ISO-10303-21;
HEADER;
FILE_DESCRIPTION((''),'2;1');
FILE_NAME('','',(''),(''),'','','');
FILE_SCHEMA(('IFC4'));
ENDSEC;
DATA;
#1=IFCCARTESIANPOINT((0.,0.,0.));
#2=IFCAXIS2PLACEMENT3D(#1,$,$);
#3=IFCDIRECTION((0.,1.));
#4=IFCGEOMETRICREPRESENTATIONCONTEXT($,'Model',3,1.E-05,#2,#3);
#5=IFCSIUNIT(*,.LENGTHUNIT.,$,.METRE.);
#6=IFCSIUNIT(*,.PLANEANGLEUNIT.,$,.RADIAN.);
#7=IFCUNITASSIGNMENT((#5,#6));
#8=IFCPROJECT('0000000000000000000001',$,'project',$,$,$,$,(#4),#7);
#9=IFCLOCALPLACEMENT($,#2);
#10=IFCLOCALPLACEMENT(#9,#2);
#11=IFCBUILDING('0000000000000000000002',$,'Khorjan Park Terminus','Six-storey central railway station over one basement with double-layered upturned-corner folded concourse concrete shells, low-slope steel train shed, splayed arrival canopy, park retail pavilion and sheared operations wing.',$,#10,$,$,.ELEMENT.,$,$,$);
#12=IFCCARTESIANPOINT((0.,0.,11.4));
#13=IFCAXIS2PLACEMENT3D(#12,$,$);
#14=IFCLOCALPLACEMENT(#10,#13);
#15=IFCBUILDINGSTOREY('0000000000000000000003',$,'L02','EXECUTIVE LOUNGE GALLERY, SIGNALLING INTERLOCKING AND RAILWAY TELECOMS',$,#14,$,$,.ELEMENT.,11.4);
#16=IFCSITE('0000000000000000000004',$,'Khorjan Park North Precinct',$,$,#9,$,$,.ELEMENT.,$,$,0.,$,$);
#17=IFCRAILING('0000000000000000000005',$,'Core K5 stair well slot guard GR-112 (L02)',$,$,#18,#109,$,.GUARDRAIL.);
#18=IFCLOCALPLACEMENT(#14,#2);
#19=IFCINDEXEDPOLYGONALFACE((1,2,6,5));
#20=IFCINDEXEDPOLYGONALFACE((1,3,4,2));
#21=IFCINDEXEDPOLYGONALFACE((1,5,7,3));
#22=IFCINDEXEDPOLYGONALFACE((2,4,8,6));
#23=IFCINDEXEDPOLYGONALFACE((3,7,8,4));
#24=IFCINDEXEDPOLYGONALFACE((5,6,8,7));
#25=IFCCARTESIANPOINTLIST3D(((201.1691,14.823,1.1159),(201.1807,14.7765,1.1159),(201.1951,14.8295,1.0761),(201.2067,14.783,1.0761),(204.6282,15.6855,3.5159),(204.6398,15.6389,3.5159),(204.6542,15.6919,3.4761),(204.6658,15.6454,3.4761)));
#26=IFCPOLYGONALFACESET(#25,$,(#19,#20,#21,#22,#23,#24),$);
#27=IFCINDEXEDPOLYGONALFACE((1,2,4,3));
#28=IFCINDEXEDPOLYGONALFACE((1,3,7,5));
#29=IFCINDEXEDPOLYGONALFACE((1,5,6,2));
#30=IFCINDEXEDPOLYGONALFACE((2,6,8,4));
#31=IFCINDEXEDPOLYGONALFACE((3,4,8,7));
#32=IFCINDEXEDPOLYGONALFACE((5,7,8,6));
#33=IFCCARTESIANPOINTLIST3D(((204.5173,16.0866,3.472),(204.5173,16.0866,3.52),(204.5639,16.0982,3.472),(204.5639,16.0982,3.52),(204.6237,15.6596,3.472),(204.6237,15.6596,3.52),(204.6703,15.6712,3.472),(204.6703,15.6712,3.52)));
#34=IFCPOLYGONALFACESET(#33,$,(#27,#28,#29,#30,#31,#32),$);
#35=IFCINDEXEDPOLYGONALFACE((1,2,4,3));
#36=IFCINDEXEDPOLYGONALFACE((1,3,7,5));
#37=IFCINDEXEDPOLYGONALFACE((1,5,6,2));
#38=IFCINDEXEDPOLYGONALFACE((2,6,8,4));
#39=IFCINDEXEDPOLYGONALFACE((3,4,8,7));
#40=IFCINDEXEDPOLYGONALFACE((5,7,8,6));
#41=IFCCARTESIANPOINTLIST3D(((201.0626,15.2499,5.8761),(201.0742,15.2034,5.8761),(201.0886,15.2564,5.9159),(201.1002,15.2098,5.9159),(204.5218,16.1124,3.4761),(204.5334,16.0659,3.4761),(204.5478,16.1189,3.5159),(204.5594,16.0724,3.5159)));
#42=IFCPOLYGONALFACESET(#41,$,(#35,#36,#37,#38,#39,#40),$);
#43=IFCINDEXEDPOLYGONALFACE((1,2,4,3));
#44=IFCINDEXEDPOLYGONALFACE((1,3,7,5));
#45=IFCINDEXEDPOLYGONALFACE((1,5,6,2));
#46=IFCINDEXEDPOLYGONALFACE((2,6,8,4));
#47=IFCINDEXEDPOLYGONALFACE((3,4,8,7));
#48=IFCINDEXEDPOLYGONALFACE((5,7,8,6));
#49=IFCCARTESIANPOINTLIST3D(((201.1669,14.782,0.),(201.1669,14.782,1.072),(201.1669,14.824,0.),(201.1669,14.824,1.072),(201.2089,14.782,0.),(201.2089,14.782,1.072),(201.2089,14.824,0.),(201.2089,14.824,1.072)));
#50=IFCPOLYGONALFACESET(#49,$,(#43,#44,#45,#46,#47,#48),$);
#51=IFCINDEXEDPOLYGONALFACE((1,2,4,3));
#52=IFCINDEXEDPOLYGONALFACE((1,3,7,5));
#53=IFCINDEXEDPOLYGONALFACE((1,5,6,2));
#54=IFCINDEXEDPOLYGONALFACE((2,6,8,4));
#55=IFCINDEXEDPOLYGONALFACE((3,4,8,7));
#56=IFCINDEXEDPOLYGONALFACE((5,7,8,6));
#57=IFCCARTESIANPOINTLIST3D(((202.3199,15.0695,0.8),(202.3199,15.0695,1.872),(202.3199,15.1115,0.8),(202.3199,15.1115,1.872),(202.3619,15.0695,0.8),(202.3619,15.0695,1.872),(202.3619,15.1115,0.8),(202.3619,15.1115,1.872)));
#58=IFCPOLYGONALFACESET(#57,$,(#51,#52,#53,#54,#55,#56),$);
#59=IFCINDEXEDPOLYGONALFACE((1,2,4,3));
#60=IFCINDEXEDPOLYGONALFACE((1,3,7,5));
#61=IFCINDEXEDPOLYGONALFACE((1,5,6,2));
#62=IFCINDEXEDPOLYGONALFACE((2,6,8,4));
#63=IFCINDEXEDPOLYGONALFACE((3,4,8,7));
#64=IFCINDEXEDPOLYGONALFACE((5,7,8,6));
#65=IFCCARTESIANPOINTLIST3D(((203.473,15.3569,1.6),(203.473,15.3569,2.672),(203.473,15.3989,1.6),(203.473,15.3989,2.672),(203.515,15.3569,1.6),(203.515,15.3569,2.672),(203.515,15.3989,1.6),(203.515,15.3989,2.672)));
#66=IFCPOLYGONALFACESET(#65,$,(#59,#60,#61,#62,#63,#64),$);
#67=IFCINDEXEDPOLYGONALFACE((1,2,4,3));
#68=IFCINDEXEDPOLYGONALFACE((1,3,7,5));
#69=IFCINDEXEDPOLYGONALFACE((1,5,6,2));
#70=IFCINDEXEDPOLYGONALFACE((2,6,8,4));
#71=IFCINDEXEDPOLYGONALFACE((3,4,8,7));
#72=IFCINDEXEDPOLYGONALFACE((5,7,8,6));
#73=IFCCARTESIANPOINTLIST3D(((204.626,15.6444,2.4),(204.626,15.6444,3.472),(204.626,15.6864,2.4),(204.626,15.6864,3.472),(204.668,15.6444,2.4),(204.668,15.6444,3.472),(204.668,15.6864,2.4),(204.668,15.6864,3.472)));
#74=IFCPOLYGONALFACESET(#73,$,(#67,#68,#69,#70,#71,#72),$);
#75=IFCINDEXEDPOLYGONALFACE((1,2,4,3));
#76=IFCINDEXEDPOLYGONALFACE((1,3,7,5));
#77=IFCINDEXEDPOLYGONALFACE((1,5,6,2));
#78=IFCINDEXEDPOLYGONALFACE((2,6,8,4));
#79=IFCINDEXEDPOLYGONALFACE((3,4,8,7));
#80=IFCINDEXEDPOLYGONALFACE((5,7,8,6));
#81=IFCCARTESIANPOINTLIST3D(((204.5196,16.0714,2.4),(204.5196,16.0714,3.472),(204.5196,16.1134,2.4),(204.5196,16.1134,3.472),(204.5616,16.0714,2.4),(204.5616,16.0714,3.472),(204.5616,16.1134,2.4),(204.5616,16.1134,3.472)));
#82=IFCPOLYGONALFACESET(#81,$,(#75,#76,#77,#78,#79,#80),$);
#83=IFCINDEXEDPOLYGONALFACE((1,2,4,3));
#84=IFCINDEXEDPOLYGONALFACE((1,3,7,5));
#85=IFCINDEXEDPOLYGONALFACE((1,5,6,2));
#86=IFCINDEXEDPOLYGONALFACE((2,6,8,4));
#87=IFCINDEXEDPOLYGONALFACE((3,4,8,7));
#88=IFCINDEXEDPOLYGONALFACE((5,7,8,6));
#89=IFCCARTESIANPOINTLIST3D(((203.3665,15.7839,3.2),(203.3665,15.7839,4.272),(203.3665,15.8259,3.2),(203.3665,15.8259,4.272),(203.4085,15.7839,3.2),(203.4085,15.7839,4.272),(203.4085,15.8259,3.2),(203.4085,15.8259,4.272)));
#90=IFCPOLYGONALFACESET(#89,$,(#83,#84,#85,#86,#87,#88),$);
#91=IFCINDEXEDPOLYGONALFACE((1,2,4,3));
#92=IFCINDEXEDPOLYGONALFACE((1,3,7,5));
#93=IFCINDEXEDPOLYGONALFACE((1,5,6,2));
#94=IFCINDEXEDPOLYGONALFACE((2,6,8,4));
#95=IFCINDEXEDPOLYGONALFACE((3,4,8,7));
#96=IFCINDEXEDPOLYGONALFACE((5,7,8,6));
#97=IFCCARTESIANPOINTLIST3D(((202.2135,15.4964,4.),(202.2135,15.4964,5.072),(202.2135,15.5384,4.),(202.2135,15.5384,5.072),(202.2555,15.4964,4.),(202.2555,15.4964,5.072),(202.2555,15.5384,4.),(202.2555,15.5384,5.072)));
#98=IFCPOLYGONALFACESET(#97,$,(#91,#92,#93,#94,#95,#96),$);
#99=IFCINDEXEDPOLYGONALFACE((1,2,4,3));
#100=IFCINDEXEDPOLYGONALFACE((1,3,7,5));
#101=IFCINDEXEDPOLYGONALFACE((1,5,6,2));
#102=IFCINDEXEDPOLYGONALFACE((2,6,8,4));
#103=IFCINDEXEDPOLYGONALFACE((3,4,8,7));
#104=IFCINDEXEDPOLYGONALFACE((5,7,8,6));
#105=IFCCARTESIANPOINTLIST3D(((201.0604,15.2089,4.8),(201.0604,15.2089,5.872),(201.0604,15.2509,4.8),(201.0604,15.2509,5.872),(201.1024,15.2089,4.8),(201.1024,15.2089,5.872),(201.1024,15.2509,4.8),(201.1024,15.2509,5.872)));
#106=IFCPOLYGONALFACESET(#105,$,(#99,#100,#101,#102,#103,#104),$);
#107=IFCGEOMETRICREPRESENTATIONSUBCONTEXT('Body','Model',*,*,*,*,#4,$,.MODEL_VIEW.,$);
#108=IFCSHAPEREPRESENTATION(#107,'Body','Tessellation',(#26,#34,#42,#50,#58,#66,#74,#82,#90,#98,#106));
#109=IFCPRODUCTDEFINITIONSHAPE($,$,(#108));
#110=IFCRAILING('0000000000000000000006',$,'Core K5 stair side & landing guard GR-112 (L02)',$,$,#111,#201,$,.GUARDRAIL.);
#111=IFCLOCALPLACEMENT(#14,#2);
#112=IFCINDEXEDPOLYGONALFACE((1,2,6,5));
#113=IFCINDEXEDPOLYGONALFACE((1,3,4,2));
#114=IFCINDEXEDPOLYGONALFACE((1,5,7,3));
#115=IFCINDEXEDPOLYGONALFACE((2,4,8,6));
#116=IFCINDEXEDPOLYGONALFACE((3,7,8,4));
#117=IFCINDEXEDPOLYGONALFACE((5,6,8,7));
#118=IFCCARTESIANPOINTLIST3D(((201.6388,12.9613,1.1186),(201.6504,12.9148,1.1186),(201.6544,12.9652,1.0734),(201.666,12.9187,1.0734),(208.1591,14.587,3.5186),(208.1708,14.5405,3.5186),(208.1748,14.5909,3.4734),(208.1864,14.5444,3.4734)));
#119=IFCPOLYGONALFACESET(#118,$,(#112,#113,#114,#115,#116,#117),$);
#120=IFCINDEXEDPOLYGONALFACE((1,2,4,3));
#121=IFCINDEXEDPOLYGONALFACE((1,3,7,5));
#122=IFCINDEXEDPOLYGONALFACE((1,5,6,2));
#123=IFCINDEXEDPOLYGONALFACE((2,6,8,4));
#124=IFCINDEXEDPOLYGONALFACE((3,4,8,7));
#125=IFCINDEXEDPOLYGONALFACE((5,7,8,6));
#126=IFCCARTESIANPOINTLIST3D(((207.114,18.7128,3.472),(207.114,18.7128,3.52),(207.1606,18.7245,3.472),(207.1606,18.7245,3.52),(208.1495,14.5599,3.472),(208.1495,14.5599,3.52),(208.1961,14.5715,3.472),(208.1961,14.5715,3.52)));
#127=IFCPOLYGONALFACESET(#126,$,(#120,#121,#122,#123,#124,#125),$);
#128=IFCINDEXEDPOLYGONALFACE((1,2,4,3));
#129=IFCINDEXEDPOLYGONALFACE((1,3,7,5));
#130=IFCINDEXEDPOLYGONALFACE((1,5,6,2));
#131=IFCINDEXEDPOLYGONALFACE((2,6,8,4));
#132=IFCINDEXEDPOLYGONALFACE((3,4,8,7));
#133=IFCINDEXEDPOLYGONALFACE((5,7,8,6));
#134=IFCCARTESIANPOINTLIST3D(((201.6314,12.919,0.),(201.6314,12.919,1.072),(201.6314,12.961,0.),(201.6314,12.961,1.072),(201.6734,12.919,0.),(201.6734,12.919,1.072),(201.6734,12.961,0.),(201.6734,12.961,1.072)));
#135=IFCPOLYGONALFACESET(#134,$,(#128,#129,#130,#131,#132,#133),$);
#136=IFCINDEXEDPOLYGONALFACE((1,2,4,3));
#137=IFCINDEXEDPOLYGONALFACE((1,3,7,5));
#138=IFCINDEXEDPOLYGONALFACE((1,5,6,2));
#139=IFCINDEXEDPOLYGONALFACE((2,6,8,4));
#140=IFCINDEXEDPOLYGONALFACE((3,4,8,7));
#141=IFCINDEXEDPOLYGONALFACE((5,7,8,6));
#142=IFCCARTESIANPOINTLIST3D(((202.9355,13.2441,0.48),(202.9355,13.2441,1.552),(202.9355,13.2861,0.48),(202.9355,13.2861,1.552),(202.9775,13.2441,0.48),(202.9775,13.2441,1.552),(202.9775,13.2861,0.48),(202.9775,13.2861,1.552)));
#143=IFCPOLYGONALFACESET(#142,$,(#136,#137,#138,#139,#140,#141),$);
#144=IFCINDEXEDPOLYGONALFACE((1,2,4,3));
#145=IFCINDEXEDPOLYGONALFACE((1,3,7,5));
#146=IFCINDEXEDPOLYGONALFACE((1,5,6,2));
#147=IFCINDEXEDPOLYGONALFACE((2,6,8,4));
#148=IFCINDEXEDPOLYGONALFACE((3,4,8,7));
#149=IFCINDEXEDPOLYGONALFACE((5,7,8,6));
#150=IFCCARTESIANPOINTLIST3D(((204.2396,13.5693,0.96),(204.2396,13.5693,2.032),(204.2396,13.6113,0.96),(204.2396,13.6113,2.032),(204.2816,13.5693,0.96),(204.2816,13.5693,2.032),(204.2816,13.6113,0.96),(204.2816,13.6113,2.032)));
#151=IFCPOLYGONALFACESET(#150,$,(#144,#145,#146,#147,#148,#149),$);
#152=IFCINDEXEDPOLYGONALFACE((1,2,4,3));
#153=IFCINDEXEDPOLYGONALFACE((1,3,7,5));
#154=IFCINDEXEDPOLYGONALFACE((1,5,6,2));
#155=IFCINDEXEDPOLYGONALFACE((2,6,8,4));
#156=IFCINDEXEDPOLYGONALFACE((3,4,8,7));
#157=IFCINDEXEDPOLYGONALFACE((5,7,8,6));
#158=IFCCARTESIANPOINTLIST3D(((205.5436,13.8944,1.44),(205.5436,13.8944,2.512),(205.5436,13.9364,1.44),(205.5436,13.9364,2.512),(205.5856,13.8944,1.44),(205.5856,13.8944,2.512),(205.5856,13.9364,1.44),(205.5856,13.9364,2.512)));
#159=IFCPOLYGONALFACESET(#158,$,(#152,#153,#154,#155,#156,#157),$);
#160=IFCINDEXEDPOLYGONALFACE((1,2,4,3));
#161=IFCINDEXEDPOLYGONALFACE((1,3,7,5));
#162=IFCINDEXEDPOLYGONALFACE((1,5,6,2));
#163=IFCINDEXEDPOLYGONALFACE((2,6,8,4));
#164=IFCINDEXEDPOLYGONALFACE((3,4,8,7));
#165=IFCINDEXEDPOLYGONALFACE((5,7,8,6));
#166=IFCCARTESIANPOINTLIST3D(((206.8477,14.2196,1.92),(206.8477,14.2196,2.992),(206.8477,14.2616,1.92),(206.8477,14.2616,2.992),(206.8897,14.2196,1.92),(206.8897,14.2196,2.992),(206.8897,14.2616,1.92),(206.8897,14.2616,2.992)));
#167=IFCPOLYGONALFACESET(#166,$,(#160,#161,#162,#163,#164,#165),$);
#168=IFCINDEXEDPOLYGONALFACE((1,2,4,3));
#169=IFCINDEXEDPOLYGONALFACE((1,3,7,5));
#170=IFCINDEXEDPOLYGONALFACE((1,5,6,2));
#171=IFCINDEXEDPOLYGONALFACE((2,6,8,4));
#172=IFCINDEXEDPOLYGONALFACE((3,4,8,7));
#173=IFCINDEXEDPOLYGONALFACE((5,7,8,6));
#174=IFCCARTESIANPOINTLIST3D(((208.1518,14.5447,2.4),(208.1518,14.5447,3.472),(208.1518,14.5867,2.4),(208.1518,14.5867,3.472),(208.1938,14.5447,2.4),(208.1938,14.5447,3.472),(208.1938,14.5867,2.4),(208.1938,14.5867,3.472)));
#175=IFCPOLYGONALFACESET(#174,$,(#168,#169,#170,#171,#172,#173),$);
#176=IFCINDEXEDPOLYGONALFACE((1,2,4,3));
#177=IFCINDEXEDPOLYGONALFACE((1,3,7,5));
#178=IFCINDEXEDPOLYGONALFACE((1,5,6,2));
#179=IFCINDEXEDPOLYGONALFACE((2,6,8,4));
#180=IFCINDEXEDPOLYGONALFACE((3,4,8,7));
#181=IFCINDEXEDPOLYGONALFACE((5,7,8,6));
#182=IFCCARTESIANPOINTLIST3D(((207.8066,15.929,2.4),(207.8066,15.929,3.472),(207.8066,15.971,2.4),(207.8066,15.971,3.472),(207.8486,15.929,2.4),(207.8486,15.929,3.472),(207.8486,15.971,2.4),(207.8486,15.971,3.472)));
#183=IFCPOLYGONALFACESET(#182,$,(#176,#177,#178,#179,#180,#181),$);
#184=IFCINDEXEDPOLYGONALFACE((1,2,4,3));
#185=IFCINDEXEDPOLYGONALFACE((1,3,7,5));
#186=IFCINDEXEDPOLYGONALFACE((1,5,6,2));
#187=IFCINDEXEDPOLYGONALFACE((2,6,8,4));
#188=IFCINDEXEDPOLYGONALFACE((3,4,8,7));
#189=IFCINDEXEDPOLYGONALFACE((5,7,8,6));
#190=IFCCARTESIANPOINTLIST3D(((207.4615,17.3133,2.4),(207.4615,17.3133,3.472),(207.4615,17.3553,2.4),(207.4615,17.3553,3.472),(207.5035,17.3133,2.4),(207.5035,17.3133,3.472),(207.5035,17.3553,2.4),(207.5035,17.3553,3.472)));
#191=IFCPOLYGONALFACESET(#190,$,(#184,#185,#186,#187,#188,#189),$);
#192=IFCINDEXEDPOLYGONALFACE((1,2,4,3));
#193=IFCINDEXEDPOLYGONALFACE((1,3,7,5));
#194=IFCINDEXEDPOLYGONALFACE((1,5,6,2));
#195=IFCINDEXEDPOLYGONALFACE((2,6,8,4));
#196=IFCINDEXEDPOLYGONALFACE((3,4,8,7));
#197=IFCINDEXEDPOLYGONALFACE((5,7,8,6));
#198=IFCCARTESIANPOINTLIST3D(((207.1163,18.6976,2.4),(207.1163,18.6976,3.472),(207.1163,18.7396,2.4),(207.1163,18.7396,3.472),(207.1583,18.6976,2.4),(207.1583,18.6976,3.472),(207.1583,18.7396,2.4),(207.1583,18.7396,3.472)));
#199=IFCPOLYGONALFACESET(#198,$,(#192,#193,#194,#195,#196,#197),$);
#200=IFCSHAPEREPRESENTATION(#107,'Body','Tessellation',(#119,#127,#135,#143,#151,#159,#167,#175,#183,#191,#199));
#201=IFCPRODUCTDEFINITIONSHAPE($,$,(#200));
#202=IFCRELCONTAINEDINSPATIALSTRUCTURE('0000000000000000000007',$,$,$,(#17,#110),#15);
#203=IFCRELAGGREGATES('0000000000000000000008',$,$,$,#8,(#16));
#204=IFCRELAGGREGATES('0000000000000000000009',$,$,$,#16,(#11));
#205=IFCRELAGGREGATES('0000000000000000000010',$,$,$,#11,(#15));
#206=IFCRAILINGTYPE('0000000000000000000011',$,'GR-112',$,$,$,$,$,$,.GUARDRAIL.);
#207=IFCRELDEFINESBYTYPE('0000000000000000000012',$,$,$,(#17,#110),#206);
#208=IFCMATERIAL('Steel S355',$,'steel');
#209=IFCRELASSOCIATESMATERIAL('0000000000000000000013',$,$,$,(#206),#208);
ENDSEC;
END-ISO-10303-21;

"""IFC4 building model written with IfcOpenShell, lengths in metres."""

from ifc_helpers import new_model, si_unit, direction, frame, origin, origin_2d, place, context, subcontext, project, spatial, rectangle, extrude, material, type_object, element, save


model = new_model("IFC4")

# Units and contexts
model_context = context("Model", 3, precision=1e-05, world=origin(), true_north=direction((0.0, 1.0)))
body_context = subcontext(model_context, "Body", "Model", "MODEL_VIEW")
ifc_project = project(units=[si_unit("LENGTHUNIT", "METRE"), si_unit("PLANEANGLEUNIT", "RADIAN")], contexts=[model_context])

# Site, building, storey
site_placement = place(None, origin())
site = spatial("IfcSite", under=ifc_project, at=site_placement, Name="Khorjan Park North Precinct", CompositionType="ELEMENT", RefElevation=0.0)
building_placement = place(site_placement, origin())
building = spatial("IfcBuilding", under=site, at=building_placement, Name="Khorjan Park Terminus", Description="Six-storey central railway station over one basement with double-layered upturned-corner folded concourse concrete shells, low-slope steel train shed, splayed arrival canopy, park retail pavilion and sheared operations wing.", CompositionType="ELEMENT")
storey_placement = place(building_placement, frame((0.0, 0.0, 11.4)))
storey = spatial("IfcBuildingStorey", under=building, at=storey_placement, Name="L02", Description="EXECUTIVE LOUNGE GALLERY, SIGNALLING INTERLOCKING AND RAILWAY TELECOMS", CompositionType="ELEMENT", Elevation=11.4)

# Railings
ifc_material_1 = material(Name="Steel S355", Category="steel")
railing_type_1 = type_object("IfcRailingType", Name="GR-112", PredefinedType="GUARDRAIL", material=ifc_material_1)
railing_1_placement = place(storey_placement, frame((201.1879, 14.803, 0.0)))
element("IfcRailing", 1, at=railing_1_placement, inside=storey, type_object=railing_type_1, Name="Core K5 stair well slot guard GR-112 (L02)", PredefinedType="GUARDRAIL", context=body_context, shape_type="SweptSolid", body=[
    extrude(rectangle(XDim=0.048, YDim=0.048, at=origin_2d()), frame((0.0, 0.0, 1.096), z_axis=(0.804897, 0.200672, 0.558455), x_axis=(-0.241909, 0.970299, 0.0)), (0.0, 0.0, 1.0), 4.2976),
    extrude(rectangle(XDim=0.048, YDim=0.048, at=origin_2d()), frame((3.4591, 0.8624, 3.496), z_axis=(-0.241787, 0.970329, 0.0), x_axis=(-0.970329, -0.241787, 0.0)), (0.0, 0.0, 1.0), 0.4401),
    extrude(rectangle(XDim=0.048, YDim=0.048, at=origin_2d()), frame((3.3527, 1.2894, 3.496), z_axis=(-0.804901, -0.20069, 0.558442), x_axis=(0.241928, -0.970294, 0.0)), (0.0, 0.0, 1.0), 4.2977),
    extrude(rectangle(XDim=0.042, YDim=0.042, at=origin_2d()), origin(), (0.0, 0.0, 1.0), 1.072),
    extrude(rectangle(XDim=0.042, YDim=0.042, at=origin_2d()), frame((1.153, 0.2875, 0.8)), (0.0, 0.0, 1.0), 1.072),
    extrude(rectangle(XDim=0.042, YDim=0.042, at=origin_2d()), frame((2.3061, 0.5749, 1.6)), (0.0, 0.0, 1.0), 1.072),
    extrude(rectangle(XDim=0.042, YDim=0.042, at=origin_2d()), frame((3.4591, 0.8624, 2.4)), (0.0, 0.0, 1.0), 1.072),
    extrude(rectangle(XDim=0.042, YDim=0.042, at=origin_2d()), frame((3.3527, 1.2894, 2.4)), (0.0, 0.0, 1.0), 1.072),
    extrude(rectangle(XDim=0.042, YDim=0.042, at=origin_2d()), frame((2.1996, 1.0019, 3.2)), (0.0, 0.0, 1.0), 1.072),
    extrude(rectangle(XDim=0.042, YDim=0.042, at=origin_2d()), frame((1.0466, 0.7144, 4.0)), (0.0, 0.0, 1.0), 1.072),
    extrude(rectangle(XDim=0.042, YDim=0.042, at=origin_2d()), frame((-0.1065, 0.4269, 4.8)), (0.0, 0.0, 1.0), 1.072),
])
railing_2_placement = place(storey_placement, frame((201.6524, 12.94, 0.0)))
element("IfcRailing", 2, at=railing_2_placement, inside=storey, type_object=railing_type_1, Name="Core K5 stair side & landing guard GR-112 (L02)", PredefinedType="GUARDRAIL", context=body_context, shape_type="SweptSolid", body=[
    extrude(rectangle(XDim=0.048, YDim=0.048, at=origin_2d()), frame((0.0, 0.0, 1.096), z_axis=(0.913769, 0.227826, 0.336336), x_axis=(-0.241919, 0.970296, 0.0)), (0.0, 0.0, 1.0), 7.1357),
    extrude(rectangle(XDim=0.048, YDim=0.048, at=origin_2d()), frame((6.5204, 1.6257, 3.496), z_axis=(-0.241936, 0.970292, 0.0), x_axis=(-0.970292, -0.241936, 0.0)), (0.0, 0.0, 1.0), 4.2801),
    extrude(rectangle(XDim=0.042, YDim=0.042, at=origin_2d()), origin(), (0.0, 0.0, 1.0), 1.072),
    extrude(rectangle(XDim=0.042, YDim=0.042, at=origin_2d()), frame((1.3041, 0.3251, 0.48)), (0.0, 0.0, 1.0), 1.072),
    extrude(rectangle(XDim=0.042, YDim=0.042, at=origin_2d()), frame((2.6082, 0.6503, 0.96)), (0.0, 0.0, 1.0), 1.072),
    extrude(rectangle(XDim=0.042, YDim=0.042, at=origin_2d()), frame((3.9122, 0.9754, 1.44)), (0.0, 0.0, 1.0), 1.072),
    extrude(rectangle(XDim=0.042, YDim=0.042, at=origin_2d()), frame((5.2163, 1.3006, 1.92)), (0.0, 0.0, 1.0), 1.072),
    extrude(rectangle(XDim=0.042, YDim=0.042, at=origin_2d()), frame((6.5204, 1.6257, 2.4)), (0.0, 0.0, 1.0), 1.072),
    extrude(rectangle(XDim=0.042, YDim=0.042, at=origin_2d()), frame((6.1752, 3.01, 2.4)), (0.0, 0.0, 1.0), 1.072),
    extrude(rectangle(XDim=0.042, YDim=0.042, at=origin_2d()), frame((5.8301, 4.3943, 2.4)), (0.0, 0.0, 1.0), 1.072),
    extrude(rectangle(XDim=0.042, YDim=0.042, at=origin_2d()), frame((5.4849, 5.7786, 2.4)), (0.0, 0.0, 1.0), 1.072),
])

save(model, "model.ifc")
